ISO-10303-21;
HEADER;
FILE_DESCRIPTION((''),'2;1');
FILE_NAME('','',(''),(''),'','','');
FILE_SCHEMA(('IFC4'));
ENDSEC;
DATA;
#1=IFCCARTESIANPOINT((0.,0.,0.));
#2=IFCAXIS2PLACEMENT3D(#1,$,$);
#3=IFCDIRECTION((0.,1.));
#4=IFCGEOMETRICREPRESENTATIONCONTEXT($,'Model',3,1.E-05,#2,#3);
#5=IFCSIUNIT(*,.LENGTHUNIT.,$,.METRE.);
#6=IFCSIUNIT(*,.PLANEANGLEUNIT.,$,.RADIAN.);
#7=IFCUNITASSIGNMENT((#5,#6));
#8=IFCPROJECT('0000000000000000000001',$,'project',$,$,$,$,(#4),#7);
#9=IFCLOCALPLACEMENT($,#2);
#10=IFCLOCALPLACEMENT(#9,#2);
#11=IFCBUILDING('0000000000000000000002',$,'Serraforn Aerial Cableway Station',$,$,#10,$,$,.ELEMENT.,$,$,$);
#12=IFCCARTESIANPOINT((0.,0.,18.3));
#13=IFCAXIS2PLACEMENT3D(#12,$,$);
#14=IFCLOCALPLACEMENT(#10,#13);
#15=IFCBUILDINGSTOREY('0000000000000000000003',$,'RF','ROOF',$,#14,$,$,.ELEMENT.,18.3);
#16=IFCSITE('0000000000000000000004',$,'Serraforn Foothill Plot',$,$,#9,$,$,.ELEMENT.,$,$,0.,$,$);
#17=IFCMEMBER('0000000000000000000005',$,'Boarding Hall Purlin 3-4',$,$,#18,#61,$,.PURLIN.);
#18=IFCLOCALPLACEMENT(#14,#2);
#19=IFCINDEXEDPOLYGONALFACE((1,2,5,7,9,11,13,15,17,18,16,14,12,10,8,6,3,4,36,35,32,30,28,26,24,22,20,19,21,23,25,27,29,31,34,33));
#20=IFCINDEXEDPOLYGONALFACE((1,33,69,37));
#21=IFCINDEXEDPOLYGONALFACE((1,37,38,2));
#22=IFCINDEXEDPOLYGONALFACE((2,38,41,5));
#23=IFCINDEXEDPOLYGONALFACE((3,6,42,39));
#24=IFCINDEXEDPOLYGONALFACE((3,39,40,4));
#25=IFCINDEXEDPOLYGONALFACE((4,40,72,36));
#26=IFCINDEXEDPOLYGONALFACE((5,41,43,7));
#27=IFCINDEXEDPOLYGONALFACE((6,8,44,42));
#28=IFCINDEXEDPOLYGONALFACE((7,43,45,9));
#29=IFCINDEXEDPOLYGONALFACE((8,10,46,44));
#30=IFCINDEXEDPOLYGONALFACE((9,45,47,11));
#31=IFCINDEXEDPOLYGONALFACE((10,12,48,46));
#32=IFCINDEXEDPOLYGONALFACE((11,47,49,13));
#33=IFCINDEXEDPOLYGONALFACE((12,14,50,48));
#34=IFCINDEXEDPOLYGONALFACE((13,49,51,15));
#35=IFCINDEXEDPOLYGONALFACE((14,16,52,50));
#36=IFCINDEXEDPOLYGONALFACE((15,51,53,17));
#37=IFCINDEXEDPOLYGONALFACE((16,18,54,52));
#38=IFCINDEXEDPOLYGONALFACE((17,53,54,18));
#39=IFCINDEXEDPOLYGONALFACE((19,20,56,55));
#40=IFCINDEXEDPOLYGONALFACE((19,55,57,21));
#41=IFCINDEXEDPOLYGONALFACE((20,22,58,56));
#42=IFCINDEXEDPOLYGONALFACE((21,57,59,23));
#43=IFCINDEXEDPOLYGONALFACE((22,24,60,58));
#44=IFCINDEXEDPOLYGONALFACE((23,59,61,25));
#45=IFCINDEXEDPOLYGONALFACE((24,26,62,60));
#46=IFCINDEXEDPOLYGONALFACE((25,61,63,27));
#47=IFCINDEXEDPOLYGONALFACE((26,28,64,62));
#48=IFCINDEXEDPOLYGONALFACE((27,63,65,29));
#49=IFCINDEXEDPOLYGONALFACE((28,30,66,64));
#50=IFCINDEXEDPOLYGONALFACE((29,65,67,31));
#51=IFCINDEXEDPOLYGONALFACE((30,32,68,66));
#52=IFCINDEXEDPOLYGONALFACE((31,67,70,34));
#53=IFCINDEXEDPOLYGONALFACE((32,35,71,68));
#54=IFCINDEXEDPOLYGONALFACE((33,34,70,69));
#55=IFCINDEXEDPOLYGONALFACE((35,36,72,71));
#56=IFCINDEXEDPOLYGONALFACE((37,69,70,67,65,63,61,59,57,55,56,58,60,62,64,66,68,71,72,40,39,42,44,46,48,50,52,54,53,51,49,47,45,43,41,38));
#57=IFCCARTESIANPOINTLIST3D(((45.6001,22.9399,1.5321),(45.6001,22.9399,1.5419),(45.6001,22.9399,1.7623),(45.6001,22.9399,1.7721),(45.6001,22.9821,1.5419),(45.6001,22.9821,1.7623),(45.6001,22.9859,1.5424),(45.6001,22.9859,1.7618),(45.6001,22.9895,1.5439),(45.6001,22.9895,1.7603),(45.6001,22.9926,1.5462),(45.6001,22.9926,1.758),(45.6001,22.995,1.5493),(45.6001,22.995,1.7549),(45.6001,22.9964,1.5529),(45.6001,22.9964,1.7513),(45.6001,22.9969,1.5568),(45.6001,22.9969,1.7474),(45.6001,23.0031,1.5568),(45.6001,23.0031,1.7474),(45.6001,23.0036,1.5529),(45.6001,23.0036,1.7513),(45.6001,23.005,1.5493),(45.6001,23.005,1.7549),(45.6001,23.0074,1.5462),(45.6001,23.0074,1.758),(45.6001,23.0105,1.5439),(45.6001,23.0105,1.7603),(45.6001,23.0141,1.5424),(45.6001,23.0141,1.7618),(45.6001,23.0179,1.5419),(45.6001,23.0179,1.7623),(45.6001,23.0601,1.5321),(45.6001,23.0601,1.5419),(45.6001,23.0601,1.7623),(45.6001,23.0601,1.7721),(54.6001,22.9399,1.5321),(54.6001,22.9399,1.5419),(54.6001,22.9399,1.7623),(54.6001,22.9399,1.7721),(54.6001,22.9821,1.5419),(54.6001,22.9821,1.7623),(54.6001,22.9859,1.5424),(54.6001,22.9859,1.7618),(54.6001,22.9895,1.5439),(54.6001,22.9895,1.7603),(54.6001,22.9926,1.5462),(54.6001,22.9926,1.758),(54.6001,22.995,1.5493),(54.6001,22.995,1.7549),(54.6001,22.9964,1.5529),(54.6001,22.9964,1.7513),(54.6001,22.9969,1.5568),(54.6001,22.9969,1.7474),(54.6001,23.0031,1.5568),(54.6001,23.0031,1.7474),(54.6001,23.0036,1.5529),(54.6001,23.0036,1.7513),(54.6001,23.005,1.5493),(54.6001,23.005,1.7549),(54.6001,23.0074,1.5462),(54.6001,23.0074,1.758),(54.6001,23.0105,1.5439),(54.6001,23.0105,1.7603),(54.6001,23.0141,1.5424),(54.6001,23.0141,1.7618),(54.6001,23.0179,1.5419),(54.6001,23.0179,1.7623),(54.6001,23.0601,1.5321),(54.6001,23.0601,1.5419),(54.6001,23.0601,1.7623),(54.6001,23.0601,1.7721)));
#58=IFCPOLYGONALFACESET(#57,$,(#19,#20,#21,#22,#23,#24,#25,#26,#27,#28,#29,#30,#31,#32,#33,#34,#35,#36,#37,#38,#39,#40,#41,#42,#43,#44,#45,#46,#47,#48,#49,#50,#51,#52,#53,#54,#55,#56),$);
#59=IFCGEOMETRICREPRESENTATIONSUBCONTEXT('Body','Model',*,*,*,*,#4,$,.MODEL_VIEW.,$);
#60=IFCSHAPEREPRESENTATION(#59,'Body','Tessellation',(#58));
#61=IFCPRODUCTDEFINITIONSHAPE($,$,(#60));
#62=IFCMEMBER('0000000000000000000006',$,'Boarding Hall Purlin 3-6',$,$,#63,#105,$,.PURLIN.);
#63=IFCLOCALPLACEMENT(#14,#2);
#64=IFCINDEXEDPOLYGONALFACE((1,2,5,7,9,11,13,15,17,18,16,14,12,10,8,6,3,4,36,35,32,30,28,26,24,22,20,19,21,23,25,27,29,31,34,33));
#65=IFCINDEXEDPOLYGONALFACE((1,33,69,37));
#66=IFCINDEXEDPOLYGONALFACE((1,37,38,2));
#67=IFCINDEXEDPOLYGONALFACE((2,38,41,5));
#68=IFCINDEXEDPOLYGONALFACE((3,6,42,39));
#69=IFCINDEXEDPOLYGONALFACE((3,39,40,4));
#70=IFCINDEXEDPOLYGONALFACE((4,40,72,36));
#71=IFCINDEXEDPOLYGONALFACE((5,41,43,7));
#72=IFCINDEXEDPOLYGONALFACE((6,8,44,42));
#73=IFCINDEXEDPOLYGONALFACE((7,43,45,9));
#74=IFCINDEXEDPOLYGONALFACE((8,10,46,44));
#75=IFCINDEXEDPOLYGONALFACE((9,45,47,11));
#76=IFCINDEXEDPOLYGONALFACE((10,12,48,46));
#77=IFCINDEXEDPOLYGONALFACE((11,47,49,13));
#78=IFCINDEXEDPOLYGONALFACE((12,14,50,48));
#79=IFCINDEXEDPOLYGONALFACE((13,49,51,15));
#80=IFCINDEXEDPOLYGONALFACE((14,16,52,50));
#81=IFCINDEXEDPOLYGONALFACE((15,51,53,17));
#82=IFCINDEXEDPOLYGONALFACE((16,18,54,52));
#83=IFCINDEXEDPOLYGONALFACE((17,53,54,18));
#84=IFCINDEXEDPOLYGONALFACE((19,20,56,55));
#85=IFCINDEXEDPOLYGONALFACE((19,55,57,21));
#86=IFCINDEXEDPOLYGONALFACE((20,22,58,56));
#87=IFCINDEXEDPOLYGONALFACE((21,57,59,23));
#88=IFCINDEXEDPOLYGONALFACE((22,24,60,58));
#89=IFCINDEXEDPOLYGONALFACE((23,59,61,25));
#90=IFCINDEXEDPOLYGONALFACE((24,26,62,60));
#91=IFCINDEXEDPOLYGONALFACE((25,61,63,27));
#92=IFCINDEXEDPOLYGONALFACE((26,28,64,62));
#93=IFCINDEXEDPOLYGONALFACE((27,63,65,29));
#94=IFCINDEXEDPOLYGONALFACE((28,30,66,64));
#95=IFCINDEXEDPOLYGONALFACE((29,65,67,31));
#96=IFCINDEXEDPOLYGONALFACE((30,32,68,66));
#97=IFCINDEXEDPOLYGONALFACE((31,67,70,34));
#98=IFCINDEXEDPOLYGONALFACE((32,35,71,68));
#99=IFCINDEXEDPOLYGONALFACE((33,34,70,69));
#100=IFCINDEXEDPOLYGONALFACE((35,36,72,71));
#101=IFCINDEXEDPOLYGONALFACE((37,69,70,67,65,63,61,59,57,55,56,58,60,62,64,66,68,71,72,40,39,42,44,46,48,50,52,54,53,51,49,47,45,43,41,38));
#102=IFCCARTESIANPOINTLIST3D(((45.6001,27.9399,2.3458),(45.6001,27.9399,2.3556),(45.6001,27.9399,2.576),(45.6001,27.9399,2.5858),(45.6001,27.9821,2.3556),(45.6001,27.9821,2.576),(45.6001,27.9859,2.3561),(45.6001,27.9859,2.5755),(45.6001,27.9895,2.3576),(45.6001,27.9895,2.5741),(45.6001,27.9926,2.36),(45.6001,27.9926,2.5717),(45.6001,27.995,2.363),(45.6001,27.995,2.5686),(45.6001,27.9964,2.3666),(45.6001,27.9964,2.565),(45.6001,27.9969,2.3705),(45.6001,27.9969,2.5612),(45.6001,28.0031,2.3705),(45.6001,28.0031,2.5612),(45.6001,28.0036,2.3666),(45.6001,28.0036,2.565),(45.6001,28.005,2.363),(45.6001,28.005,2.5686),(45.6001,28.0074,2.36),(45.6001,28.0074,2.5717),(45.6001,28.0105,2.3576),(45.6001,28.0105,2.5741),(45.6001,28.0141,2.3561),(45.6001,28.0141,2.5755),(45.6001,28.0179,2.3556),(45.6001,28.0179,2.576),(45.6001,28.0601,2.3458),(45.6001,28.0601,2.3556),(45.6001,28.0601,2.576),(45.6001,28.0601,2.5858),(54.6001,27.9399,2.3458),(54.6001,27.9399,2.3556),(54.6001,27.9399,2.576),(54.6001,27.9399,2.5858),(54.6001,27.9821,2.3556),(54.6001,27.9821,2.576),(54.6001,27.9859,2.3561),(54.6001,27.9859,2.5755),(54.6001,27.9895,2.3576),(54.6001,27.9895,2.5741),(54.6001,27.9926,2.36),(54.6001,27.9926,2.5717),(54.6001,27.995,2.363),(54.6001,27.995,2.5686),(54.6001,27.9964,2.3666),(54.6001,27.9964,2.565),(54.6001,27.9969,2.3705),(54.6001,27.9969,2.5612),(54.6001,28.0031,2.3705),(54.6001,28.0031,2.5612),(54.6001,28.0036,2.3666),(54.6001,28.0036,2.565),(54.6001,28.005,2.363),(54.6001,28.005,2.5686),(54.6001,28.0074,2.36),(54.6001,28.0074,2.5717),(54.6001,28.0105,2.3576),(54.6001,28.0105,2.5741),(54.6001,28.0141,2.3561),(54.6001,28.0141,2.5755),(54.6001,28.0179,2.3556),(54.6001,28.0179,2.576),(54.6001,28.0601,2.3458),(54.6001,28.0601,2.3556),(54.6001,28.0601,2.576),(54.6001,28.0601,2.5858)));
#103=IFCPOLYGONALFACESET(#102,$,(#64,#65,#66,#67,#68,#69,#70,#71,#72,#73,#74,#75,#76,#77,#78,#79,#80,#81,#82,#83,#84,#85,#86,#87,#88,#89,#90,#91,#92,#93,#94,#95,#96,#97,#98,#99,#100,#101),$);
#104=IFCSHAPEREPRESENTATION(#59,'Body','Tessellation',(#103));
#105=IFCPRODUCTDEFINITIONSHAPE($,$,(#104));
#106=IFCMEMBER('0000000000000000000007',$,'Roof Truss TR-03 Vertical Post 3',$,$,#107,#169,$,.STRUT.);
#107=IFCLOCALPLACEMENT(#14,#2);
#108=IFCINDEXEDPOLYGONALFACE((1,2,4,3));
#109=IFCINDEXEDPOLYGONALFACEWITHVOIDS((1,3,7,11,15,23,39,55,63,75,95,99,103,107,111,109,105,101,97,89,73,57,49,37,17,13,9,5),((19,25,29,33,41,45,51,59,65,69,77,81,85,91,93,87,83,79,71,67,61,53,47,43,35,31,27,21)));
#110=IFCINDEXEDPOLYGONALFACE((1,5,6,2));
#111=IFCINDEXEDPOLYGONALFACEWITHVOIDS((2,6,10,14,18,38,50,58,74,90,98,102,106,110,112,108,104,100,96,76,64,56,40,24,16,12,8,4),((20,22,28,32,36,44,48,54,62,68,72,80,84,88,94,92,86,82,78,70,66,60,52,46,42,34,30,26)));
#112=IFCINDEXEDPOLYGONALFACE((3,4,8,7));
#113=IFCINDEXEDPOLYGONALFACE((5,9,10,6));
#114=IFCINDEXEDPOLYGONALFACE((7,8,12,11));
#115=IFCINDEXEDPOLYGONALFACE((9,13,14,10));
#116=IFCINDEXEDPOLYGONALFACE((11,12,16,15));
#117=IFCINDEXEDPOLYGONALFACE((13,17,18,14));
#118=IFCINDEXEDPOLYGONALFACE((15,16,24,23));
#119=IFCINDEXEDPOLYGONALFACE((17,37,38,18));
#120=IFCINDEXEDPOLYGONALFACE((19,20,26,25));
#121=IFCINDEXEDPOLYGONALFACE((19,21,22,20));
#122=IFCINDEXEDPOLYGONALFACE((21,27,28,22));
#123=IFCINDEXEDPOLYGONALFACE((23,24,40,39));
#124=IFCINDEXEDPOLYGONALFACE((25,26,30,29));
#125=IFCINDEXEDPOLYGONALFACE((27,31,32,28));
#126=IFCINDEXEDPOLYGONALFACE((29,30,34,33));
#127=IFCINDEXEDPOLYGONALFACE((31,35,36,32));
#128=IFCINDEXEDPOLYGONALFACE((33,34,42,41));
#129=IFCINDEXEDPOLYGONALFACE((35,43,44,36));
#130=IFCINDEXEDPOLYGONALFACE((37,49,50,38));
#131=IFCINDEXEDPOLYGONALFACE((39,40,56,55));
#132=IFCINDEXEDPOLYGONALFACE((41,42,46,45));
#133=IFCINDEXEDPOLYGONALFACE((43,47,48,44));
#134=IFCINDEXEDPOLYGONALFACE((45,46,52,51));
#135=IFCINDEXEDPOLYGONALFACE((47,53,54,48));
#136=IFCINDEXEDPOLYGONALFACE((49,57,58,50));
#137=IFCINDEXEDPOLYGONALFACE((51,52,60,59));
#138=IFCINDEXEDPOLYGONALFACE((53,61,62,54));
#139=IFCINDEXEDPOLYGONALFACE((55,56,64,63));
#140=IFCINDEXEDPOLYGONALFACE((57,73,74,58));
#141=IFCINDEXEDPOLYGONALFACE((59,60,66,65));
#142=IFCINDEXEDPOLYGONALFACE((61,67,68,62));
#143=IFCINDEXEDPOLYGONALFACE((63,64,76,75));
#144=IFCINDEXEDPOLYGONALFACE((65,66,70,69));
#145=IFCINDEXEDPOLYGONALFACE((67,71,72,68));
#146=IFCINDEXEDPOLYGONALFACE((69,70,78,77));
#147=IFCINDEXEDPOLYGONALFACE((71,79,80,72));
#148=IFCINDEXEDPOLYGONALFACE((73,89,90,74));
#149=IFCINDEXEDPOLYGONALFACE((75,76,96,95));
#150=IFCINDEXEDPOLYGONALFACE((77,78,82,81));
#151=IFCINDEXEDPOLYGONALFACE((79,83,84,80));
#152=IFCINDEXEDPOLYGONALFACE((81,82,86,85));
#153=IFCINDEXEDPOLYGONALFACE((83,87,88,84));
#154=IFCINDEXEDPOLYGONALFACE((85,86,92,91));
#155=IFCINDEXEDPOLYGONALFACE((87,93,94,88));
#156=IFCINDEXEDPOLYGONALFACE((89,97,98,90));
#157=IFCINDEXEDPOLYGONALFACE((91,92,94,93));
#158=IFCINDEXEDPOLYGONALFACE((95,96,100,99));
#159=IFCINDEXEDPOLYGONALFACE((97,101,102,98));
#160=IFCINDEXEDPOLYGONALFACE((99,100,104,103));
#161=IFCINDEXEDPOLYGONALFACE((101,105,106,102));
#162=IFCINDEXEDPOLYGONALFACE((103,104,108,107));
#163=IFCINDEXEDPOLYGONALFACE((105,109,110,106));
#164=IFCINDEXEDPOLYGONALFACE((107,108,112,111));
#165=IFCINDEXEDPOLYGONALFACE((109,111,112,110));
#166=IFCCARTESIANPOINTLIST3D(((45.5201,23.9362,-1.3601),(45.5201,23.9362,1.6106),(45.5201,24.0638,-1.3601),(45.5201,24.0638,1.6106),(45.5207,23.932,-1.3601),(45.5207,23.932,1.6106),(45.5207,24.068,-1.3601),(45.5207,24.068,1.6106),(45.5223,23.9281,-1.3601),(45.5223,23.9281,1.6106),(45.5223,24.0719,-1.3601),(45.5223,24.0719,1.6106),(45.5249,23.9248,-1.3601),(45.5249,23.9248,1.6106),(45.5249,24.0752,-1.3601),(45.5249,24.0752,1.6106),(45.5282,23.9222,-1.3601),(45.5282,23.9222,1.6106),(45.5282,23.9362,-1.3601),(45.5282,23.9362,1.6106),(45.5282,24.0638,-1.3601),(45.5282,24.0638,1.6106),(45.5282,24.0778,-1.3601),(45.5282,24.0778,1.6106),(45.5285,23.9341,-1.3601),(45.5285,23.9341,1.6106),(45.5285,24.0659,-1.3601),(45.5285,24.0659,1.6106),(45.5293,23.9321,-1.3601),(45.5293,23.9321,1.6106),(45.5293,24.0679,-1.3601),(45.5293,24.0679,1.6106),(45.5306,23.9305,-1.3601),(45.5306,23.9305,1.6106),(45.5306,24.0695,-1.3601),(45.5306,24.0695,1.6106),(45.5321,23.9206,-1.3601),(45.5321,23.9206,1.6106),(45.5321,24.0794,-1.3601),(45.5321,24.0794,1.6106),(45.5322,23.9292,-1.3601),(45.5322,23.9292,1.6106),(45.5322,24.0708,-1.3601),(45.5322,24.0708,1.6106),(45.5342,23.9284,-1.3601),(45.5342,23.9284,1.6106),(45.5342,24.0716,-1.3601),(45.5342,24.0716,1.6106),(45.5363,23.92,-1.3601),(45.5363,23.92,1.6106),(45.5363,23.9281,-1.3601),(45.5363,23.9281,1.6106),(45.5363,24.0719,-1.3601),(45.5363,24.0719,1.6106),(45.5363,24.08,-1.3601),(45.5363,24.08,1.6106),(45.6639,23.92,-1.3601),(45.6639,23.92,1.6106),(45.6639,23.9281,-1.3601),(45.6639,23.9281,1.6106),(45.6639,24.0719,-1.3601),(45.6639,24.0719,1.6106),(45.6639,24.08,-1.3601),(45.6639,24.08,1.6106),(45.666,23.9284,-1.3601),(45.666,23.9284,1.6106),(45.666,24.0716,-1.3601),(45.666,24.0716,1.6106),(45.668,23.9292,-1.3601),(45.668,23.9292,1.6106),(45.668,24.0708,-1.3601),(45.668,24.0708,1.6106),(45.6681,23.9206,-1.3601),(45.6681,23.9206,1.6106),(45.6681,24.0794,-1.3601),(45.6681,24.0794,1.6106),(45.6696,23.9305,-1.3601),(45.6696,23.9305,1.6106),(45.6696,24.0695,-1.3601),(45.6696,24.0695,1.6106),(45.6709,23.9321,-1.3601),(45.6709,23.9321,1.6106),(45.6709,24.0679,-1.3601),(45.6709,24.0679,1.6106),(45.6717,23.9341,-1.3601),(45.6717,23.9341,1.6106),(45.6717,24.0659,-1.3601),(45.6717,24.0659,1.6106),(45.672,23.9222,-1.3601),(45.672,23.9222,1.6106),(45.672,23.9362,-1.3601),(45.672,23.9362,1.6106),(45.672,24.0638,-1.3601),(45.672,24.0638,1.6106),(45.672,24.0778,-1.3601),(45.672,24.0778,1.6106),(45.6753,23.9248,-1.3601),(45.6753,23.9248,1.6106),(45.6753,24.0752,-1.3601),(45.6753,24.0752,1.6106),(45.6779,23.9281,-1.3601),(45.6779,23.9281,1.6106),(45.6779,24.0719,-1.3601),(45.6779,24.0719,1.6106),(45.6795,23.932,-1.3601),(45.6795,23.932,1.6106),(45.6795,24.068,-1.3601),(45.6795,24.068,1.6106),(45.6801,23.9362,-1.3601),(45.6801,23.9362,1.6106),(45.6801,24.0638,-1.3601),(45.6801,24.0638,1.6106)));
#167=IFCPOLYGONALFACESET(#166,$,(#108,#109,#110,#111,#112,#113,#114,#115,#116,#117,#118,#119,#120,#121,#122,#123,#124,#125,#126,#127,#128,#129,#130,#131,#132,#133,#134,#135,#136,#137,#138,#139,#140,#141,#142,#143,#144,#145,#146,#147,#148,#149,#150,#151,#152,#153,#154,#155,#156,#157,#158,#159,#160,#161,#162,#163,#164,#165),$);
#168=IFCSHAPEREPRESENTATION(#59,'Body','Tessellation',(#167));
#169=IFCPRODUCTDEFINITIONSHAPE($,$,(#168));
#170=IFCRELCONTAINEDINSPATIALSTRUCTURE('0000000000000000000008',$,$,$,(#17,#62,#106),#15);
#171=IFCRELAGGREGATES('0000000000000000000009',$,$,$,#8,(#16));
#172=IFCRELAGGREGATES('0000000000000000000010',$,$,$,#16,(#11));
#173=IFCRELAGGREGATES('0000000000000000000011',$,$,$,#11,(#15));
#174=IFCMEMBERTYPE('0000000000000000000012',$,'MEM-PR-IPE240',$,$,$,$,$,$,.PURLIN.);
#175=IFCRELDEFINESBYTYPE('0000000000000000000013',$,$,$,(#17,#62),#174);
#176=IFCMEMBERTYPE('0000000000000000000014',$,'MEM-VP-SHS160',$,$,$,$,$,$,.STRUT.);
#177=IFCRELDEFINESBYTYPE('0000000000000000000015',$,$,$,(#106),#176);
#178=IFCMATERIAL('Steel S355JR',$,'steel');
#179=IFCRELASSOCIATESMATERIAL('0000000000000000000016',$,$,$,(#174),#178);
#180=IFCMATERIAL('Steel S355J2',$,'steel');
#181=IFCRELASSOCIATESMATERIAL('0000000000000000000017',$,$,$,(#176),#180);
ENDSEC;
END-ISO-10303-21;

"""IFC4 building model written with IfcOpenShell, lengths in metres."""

from ifc_helpers import new_model, si_unit, direction, frame, origin, origin_2d, place, context, subcontext, project, spatial, hollow_rectangle, i_section, extrude, material, material_profile, profile_set, type_object, element, save


model = new_model("IFC4")

# Units and contexts
model_context = context("Model", 3, precision=1e-05, world=origin(), true_north=direction((0.0, 1.0)))
body_context = subcontext(model_context, "Body", "Model", "MODEL_VIEW")
ifc_project = project(units=[si_unit("LENGTHUNIT", "METRE"), si_unit("PLANEANGLEUNIT", "RADIAN")], contexts=[model_context])

# Site, building, storey
site_placement = place(None, origin())
site = spatial("IfcSite", under=ifc_project, at=site_placement, Name="Serraforn Foothill Plot", CompositionType="ELEMENT", RefElevation=0.0)
building_placement = place(site_placement, origin())
building = spatial("IfcBuilding", under=site, at=building_placement, Name="Serraforn Aerial Cableway Station", CompositionType="ELEMENT")
storey_placement = place(building_placement, frame((0.0, 0.0, 18.3)))
storey = spatial("IfcBuildingStorey", under=building, at=storey_placement, Name="RF", Description="ROOF", CompositionType="ELEMENT", Elevation=18.3)

# Members
ifc_material_1 = material(Name="Steel S355J2", Category="steel")
ifc_material_2 = material(Name="Steel S355JR", Category="steel")
ifc_material_profile_1 = material_profile(ifc_material_2, i_section(OverallWidth=0.1201, OverallDepth=0.24, WebThickness=0.0061, FlangeThickness=0.0098, FilletRadius=0.0149, at=origin_2d()), Name="IPE 240")
ifc_profile_set_1 = profile_set([ifc_material_profile_1], Name="Steel S355JR")
member_type_1 = type_object("IfcMemberType", Name="MEM-PR-IPE240", PredefinedType="PURLIN", material=ifc_profile_set_1)
for number, where, z_axis, x_axis, name in (
    (1, (45.6001, 23.0, 1.6521), (1.0, 0.0, 0.0), (0.0, 1.0, 0.0), "Boarding Hall Purlin 3-4"),
    (2, (45.6001, 28.0, 2.4658), (1.0, 0.0, 0.0), (0.0, 1.0, 0.0), "Boarding Hall Purlin 3-6"),
):
    element("IfcMember", number, at=place(storey_placement, frame(where, z_axis=z_axis, x_axis=x_axis)), inside=storey, type_object=member_type_1, Name=name, PredefinedType="PURLIN", context=body_context, shape_type="SweptSolid", body=[
        extrude(i_section(OverallWidth=0.1201, OverallDepth=0.24, WebThickness=0.0061, FlangeThickness=0.0098, FilletRadius=0.0149, at=origin_2d()), origin(), (0.0, 0.0, 1.0), 9.0),
    ])
ifc_material_profile_2 = material_profile(ifc_material_1, hollow_rectangle(XDim=0.1599, YDim=0.1599, WallThickness=0.0081, InnerFilletRadius=0.0081, OuterFilletRadius=0.0161, at=origin_2d()), Name="SHS 160x160x8.0")
ifc_profile_set_2 = profile_set([ifc_material_profile_2], Name="Steel S355J2")
member_type_2 = type_object("IfcMemberType", Name="MEM-VP-SHS160", PredefinedType="STRUT", material=ifc_profile_set_2)
member_1_placement = place(storey_placement, frame((45.6001, 24.0, -1.3601), z_axis=(0.0, 0.0, 1.0), x_axis=(1.0, 0.0, 0.0)))
element("IfcMember", 3, at=member_1_placement, inside=storey, type_object=member_type_2, Name="Roof Truss TR-03 Vertical Post 3", PredefinedType="STRUT", context=body_context, shape_type="SweptSolid", body=[
    extrude(hollow_rectangle(XDim=0.1599, YDim=0.1599, WallThickness=0.0081, InnerFilletRadius=0.0081, OuterFilletRadius=0.0161, at=origin_2d()), origin(), (0.0, 0.0, 1.0), 2.9707),
])

save(model, "model.ifc")
